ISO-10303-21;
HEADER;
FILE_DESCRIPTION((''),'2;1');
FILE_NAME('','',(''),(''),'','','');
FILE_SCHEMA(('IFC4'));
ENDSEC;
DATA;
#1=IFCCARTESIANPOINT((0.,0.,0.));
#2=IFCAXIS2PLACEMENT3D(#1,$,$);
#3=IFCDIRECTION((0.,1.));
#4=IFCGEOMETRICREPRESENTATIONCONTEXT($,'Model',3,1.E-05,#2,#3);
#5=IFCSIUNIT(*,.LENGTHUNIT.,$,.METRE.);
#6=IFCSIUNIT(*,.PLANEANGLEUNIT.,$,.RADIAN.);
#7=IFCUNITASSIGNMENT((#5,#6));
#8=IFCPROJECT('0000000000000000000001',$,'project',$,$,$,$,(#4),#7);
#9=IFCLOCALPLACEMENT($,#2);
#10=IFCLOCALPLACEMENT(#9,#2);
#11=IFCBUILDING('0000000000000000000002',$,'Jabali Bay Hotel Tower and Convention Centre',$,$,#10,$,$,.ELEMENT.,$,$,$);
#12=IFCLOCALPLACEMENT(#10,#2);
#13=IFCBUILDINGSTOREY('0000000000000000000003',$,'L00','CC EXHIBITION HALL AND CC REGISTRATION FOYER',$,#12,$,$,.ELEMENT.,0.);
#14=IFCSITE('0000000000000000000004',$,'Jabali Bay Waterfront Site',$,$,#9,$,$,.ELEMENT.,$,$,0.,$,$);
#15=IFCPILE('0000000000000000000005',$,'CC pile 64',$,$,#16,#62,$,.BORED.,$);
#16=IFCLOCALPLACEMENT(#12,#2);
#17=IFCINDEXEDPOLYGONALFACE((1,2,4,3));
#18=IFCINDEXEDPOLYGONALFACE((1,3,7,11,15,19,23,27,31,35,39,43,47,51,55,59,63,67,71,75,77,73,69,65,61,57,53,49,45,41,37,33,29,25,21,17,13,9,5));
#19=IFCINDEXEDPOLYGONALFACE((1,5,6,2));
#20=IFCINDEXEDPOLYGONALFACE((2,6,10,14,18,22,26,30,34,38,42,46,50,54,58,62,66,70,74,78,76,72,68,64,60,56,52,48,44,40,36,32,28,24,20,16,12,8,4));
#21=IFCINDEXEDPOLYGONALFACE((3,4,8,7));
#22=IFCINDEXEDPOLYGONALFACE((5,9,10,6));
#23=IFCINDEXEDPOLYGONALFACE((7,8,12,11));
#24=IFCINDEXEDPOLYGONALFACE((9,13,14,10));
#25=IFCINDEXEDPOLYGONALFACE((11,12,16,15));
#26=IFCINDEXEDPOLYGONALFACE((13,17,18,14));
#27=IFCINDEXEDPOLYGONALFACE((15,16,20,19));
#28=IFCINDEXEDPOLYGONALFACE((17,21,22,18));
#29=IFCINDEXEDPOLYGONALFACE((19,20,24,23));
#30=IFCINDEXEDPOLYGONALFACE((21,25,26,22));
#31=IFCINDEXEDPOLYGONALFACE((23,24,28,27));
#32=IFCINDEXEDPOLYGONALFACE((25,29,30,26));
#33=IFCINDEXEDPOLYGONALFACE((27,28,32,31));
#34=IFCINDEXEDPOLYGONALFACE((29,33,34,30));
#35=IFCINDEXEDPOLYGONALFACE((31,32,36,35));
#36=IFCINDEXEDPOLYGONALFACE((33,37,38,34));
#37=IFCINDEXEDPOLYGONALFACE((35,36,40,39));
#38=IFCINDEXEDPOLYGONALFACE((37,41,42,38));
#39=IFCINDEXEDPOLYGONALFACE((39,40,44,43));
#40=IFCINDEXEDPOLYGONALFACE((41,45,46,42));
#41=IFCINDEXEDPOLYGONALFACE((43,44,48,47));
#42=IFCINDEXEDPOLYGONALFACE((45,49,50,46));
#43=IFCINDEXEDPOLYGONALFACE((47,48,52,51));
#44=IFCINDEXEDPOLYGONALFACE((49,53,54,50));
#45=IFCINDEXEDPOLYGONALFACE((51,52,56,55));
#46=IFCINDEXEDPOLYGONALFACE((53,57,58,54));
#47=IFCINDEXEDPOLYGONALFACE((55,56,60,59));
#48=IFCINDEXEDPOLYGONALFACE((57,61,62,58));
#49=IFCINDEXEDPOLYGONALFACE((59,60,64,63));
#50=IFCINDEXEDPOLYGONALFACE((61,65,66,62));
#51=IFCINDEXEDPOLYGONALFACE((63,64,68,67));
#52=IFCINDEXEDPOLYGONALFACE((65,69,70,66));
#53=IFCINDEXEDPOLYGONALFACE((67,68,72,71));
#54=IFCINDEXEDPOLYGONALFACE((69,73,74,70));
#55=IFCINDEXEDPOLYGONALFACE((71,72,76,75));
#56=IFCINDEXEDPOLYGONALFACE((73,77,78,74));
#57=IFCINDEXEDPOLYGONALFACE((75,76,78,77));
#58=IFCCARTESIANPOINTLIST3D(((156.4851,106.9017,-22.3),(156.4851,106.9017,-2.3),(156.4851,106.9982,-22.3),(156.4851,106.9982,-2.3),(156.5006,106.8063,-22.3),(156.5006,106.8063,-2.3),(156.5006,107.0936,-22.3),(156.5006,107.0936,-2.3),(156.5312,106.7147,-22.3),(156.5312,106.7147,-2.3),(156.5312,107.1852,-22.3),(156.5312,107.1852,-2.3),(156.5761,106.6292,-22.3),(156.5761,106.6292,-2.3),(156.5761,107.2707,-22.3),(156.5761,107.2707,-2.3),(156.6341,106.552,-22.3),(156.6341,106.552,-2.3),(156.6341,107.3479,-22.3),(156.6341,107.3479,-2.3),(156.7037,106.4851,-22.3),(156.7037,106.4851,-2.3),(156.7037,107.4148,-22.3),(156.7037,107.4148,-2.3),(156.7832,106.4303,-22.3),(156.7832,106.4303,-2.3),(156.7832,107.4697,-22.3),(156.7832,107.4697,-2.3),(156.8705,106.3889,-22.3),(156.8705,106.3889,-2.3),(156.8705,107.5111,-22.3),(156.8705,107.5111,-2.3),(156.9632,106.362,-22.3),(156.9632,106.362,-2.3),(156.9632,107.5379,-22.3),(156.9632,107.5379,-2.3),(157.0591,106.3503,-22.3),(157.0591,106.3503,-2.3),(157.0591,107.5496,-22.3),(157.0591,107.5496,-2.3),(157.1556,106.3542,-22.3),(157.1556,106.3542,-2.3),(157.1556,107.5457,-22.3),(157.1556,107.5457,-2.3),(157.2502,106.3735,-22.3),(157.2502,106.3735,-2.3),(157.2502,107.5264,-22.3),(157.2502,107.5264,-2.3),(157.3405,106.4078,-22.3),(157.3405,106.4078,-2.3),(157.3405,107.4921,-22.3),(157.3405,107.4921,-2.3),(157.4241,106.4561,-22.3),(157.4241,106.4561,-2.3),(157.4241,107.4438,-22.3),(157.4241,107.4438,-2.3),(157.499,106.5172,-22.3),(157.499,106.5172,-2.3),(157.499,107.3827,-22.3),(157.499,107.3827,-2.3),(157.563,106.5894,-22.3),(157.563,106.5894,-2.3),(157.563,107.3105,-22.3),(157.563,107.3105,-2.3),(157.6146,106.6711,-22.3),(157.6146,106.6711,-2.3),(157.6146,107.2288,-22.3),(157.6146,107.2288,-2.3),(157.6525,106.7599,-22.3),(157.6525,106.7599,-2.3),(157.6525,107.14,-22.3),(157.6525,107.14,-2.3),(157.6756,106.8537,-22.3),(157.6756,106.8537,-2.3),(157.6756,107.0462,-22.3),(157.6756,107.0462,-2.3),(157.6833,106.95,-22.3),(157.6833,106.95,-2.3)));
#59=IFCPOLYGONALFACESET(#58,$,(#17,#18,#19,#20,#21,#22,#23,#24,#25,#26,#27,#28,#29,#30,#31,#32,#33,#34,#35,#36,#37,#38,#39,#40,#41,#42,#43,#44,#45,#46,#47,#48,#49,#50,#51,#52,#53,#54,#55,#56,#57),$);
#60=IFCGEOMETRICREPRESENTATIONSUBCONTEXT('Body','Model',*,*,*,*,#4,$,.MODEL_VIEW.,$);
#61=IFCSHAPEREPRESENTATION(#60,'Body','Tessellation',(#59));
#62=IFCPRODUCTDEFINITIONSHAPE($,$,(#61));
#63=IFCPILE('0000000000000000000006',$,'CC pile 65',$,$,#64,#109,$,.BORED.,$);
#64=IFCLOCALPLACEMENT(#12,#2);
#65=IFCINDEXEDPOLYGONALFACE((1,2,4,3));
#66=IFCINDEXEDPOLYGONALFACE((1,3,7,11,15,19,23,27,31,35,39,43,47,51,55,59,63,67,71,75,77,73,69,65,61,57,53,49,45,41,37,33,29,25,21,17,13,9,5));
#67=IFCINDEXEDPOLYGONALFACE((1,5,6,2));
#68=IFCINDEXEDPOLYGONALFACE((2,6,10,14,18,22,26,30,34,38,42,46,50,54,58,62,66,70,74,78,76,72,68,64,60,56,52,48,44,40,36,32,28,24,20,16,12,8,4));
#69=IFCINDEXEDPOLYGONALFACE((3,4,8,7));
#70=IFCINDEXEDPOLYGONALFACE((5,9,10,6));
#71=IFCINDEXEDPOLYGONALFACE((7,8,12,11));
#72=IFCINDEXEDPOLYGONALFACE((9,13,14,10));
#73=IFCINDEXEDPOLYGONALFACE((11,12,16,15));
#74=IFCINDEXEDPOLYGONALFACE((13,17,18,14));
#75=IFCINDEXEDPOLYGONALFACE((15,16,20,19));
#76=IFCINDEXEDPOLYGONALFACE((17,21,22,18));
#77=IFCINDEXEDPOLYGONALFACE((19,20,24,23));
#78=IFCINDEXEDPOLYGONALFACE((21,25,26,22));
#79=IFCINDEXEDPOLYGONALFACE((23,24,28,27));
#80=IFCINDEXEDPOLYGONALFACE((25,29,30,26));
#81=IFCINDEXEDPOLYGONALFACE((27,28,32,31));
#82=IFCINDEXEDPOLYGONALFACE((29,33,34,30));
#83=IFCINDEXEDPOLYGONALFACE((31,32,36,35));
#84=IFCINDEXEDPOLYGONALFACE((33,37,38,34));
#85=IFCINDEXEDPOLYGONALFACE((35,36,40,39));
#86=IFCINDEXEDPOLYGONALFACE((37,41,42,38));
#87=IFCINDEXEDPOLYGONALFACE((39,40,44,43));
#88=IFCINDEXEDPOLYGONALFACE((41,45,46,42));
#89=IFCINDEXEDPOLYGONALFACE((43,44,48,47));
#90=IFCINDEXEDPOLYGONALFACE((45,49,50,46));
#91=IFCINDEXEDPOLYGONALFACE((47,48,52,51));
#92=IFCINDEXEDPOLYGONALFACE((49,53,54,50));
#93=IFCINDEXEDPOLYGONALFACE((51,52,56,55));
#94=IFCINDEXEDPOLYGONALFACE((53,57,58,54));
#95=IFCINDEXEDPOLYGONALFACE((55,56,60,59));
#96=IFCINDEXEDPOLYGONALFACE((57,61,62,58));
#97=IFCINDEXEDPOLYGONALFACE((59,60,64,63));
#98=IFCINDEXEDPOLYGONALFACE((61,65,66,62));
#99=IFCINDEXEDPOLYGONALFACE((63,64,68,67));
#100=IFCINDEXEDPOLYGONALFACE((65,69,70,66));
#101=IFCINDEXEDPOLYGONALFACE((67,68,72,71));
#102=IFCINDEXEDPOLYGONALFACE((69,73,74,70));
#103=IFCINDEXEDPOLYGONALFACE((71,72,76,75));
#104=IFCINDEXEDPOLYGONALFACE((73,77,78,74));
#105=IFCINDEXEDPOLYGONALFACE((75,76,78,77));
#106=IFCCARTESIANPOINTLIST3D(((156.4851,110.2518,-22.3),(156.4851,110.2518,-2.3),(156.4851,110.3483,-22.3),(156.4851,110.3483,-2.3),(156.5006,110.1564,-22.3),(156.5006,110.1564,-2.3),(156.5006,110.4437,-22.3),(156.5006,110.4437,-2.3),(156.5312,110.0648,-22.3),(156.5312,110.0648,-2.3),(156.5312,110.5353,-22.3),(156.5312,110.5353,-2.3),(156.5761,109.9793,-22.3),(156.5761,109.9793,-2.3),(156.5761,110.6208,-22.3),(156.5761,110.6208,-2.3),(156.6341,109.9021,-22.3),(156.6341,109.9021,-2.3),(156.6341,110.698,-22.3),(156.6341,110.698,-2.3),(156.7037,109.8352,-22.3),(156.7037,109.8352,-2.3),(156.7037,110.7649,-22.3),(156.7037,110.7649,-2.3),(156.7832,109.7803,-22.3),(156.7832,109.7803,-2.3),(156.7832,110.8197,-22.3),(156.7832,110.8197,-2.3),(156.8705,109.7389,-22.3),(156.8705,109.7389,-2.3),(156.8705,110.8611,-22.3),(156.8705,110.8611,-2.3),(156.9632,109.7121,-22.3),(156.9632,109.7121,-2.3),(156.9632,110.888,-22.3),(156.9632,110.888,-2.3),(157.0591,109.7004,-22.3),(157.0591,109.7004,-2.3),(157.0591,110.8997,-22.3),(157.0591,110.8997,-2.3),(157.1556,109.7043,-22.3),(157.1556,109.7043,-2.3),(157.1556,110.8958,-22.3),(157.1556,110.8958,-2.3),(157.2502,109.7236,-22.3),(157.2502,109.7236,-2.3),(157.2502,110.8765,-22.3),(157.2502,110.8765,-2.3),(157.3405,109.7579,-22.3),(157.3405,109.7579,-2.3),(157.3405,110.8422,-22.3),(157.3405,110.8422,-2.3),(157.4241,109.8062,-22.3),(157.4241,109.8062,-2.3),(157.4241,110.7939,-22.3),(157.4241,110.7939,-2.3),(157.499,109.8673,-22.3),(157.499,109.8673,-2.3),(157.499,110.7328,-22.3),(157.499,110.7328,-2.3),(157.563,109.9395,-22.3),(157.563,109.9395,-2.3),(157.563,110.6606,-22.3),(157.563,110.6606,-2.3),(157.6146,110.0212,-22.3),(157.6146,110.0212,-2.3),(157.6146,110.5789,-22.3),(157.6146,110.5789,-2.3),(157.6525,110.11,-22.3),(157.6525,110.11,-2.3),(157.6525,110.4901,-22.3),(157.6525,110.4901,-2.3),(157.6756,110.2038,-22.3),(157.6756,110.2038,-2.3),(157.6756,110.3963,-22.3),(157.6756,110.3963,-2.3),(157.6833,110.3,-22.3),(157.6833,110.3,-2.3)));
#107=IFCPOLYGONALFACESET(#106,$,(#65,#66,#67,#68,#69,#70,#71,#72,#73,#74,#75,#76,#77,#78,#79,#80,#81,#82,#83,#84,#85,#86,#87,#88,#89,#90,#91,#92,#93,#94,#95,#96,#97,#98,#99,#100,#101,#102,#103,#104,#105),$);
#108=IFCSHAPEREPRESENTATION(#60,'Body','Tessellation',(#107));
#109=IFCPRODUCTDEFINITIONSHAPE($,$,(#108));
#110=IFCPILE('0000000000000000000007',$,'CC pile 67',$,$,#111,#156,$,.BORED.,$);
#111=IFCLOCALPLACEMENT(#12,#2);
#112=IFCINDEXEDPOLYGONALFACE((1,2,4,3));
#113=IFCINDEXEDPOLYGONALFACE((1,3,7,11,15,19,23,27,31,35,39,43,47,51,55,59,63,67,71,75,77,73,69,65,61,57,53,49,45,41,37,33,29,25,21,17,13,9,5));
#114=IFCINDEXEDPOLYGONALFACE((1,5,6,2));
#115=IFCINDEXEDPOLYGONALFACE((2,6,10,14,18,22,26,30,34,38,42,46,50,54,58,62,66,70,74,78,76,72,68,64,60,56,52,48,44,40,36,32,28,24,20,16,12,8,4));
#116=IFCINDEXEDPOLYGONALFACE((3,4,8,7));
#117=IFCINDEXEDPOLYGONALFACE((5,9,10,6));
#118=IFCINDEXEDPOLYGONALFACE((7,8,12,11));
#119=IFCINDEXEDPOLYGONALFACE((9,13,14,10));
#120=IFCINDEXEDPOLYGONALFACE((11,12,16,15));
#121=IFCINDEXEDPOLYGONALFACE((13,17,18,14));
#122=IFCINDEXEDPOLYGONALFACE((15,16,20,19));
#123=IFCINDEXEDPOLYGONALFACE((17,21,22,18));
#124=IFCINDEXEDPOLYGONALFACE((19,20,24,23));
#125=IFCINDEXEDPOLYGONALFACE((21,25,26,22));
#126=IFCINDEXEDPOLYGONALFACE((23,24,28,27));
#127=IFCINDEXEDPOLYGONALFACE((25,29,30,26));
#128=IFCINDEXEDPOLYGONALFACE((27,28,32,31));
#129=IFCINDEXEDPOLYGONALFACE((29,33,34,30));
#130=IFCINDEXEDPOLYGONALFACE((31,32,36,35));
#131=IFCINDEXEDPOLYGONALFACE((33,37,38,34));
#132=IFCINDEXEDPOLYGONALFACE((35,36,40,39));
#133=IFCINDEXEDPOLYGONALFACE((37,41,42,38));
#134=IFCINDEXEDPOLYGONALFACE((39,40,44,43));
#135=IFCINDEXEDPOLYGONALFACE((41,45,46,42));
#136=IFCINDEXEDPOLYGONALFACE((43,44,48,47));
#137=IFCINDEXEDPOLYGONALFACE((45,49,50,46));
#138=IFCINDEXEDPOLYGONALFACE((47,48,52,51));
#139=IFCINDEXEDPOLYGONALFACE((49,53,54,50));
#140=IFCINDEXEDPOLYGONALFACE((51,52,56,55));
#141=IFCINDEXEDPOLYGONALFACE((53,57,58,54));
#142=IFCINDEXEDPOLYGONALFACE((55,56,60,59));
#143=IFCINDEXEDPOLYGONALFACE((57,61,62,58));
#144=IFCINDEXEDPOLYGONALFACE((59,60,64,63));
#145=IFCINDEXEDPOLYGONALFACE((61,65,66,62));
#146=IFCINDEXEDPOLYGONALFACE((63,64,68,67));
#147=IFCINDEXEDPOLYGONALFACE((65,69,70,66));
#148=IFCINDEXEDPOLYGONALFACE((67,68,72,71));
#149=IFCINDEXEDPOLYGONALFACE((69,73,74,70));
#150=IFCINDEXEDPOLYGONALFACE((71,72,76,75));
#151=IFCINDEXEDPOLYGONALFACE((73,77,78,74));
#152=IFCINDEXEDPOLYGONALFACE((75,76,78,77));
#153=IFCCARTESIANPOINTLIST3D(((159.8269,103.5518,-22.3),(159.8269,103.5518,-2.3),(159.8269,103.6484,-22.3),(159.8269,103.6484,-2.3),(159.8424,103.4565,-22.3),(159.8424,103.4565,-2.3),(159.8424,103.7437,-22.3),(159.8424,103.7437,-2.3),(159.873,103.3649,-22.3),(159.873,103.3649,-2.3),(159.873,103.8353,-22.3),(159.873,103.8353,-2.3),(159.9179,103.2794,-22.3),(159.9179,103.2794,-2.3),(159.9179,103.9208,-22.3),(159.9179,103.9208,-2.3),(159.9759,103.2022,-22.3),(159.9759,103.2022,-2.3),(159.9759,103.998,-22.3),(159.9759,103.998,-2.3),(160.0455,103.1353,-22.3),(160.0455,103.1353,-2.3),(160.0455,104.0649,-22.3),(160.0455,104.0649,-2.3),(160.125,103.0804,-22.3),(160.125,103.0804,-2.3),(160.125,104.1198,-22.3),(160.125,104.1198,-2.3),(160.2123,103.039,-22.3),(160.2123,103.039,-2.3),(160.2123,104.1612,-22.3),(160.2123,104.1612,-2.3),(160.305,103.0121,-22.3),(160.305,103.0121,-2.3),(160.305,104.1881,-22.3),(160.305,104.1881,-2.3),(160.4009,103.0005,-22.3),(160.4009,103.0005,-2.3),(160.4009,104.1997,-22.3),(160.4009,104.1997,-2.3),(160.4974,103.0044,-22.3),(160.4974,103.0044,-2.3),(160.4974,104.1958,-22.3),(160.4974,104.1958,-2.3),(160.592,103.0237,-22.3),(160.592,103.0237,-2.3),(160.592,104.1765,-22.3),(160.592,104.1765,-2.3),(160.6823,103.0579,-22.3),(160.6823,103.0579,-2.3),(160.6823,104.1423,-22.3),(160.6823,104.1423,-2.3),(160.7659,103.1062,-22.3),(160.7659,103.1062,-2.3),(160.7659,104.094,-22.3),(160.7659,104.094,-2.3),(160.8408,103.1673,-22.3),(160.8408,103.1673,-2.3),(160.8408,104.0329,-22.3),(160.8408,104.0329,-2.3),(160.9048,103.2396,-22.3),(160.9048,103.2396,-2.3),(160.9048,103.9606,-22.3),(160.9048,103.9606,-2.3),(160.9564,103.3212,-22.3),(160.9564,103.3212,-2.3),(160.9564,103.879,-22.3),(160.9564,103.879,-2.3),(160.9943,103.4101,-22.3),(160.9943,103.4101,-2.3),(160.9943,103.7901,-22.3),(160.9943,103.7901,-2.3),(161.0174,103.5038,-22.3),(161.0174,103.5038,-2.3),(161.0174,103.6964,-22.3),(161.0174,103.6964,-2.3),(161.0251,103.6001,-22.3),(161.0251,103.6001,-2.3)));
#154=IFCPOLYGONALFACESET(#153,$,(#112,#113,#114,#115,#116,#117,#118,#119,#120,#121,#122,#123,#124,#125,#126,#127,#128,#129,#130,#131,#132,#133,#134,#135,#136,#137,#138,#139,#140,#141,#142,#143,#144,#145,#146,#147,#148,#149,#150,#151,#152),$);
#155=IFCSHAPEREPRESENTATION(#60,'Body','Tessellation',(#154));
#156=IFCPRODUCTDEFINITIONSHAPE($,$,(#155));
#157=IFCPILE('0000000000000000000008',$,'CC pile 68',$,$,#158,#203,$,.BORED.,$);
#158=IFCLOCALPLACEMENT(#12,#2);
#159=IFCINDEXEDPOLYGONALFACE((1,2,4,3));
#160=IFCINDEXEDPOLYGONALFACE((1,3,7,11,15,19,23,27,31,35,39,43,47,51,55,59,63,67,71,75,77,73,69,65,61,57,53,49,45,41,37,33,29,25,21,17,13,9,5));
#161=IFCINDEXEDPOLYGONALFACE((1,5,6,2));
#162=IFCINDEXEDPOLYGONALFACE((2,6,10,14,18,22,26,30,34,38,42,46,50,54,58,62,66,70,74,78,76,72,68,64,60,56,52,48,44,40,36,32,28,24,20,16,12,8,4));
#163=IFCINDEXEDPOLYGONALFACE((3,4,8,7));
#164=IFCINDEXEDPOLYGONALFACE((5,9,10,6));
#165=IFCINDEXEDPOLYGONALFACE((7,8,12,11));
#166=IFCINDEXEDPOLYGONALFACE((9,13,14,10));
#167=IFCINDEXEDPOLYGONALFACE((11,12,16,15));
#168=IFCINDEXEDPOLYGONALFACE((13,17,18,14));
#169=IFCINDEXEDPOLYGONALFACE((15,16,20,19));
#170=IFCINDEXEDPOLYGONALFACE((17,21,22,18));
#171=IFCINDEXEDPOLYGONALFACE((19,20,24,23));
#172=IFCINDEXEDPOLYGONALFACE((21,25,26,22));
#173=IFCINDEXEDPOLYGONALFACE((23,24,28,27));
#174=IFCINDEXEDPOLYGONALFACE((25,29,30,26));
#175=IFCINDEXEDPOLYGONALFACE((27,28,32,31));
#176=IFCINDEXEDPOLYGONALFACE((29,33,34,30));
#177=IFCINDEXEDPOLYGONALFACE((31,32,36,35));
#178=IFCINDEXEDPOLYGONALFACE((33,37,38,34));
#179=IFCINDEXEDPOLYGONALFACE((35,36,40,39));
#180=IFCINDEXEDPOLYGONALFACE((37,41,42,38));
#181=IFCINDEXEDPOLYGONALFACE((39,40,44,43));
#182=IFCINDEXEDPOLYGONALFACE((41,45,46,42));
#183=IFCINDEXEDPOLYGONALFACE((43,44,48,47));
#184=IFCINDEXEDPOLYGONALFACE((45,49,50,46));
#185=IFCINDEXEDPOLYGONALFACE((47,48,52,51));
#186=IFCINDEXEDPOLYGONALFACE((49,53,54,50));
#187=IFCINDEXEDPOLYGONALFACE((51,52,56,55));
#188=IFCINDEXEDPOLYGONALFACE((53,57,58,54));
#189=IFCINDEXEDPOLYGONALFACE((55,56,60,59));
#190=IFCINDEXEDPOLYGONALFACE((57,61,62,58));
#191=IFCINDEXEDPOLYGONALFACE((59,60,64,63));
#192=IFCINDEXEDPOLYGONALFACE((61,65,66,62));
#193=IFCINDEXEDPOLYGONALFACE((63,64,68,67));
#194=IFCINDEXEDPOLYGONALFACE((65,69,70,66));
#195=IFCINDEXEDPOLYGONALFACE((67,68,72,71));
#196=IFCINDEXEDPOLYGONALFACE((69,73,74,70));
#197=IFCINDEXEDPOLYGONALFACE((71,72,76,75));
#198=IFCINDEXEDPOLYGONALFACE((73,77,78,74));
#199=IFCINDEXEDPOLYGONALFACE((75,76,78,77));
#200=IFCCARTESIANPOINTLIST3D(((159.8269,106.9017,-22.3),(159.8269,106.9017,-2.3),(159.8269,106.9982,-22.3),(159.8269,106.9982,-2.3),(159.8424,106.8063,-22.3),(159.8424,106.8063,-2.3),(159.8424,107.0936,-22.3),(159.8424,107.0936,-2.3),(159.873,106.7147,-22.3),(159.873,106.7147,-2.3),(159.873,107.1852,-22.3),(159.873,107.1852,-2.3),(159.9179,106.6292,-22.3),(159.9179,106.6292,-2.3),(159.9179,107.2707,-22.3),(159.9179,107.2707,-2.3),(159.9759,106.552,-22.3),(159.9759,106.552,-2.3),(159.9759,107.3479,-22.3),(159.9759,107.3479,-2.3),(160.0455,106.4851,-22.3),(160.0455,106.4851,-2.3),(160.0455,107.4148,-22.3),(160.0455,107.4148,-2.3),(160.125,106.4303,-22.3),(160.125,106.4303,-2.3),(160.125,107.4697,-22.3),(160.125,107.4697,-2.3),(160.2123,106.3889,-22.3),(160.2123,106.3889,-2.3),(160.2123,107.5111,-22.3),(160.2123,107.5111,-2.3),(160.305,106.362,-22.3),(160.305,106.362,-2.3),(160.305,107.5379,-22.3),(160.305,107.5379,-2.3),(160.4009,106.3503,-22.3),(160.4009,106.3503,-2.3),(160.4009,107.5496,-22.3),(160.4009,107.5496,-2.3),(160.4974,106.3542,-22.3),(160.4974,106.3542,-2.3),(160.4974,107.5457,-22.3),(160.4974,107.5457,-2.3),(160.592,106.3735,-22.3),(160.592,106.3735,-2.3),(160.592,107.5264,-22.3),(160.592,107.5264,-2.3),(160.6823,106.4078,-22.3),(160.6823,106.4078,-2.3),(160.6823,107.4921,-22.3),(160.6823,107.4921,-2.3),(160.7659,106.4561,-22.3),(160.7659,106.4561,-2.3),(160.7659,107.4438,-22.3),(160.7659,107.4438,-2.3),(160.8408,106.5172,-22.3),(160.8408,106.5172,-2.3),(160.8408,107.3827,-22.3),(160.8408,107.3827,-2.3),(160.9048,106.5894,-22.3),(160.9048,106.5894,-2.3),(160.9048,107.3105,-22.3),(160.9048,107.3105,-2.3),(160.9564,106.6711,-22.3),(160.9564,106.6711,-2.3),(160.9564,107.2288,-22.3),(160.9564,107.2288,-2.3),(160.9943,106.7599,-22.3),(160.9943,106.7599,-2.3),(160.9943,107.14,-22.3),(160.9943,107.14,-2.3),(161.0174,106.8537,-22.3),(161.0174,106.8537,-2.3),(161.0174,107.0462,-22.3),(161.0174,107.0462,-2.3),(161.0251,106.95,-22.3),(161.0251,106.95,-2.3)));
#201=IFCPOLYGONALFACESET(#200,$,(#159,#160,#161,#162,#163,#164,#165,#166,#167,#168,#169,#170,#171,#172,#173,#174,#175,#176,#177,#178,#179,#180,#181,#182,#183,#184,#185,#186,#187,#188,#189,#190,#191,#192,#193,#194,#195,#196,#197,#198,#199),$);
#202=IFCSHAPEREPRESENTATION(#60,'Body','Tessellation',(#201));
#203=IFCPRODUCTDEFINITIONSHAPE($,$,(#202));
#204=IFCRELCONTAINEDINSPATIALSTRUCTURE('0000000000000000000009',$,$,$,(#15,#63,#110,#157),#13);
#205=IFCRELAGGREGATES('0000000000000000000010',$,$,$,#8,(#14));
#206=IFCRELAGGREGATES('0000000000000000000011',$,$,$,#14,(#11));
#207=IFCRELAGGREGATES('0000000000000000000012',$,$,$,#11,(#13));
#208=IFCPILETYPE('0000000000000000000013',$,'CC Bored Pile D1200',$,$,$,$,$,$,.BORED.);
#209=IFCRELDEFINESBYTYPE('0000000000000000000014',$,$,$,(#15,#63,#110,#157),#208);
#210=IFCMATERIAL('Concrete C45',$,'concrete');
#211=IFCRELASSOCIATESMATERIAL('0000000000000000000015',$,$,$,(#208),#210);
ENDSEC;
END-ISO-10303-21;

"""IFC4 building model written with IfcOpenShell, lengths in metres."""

from ifc_helpers import new_model, si_unit, direction, frame, origin, origin_2d, place, context, subcontext, project, spatial, circle, extrude, material, material_profile, profile_set, type_object, element, save


model = new_model("IFC4")

# Units and contexts
model_context = context("Model", 3, precision=1e-05, world=origin(), true_north=direction((0.0, 1.0)))
body_context = subcontext(model_context, "Body", "Model", "MODEL_VIEW")
ifc_project = project(units=[si_unit("LENGTHUNIT", "METRE"), si_unit("PLANEANGLEUNIT", "RADIAN")], contexts=[model_context])

# Site, building, storey
site_placement = place(None, origin())
site = spatial("IfcSite", under=ifc_project, at=site_placement, Name="Jabali Bay Waterfront Site", CompositionType="ELEMENT", RefElevation=0.0)
building_placement = place(site_placement, origin())
building = spatial("IfcBuilding", under=site, at=building_placement, Name="Jabali Bay Hotel Tower and Convention Centre", CompositionType="ELEMENT")
storey_placement = place(building_placement, origin())
storey = spatial("IfcBuildingStorey", under=building, at=storey_placement, Name="L00", Description="CC EXHIBITION HALL AND CC REGISTRATION FOYER", CompositionType="ELEMENT", Elevation=0.0)

# Piles
ifc_material_1 = material(Name="Concrete C45", Category="concrete")
ifc_material_profile = material_profile(ifc_material_1, circle(Radius=0.6001, at=origin_2d()), Name="D1200")
ifc_profile_set = profile_set([ifc_material_profile], Name="Concrete C45")
pile_type = type_object("IfcPileType", Name="CC Bored Pile D1200", PredefinedType="BORED", material=ifc_profile_set)
for number, where, z_axis, x_axis, name in (
    (1, (157.0833, 106.95, -2.3), (0.0, 0.0, -1.0), (1.0, 0.0, 0.0), "CC pile 64"),
    (2, (157.0833, 110.3, -2.3), (0.0, 0.0, -1.0), (1.0, 0.0, 0.0), "CC pile 65"),
    (3, (160.425, 103.6001, -2.3), (0.0, 0.0, -1.0), (1.0, 0.0, 0.0), "CC pile 67"),
    (4, (160.425, 106.95, -2.3), (0.0, 0.0, -1.0), (1.0, 0.0, 0.0), "CC pile 68"),
):
    element("IfcPile", number, at=place(storey_placement, frame(where, z_axis=z_axis, x_axis=x_axis)), inside=storey, type_object=pile_type, Name=name, PredefinedType="BORED", context=body_context, shape_type="SweptSolid", body=[
        extrude(circle(Radius=0.6001, at=origin_2d()), origin(), (0.0, 0.0, 1.0), 20.0),
    ])

save(model, "model.ifc")
